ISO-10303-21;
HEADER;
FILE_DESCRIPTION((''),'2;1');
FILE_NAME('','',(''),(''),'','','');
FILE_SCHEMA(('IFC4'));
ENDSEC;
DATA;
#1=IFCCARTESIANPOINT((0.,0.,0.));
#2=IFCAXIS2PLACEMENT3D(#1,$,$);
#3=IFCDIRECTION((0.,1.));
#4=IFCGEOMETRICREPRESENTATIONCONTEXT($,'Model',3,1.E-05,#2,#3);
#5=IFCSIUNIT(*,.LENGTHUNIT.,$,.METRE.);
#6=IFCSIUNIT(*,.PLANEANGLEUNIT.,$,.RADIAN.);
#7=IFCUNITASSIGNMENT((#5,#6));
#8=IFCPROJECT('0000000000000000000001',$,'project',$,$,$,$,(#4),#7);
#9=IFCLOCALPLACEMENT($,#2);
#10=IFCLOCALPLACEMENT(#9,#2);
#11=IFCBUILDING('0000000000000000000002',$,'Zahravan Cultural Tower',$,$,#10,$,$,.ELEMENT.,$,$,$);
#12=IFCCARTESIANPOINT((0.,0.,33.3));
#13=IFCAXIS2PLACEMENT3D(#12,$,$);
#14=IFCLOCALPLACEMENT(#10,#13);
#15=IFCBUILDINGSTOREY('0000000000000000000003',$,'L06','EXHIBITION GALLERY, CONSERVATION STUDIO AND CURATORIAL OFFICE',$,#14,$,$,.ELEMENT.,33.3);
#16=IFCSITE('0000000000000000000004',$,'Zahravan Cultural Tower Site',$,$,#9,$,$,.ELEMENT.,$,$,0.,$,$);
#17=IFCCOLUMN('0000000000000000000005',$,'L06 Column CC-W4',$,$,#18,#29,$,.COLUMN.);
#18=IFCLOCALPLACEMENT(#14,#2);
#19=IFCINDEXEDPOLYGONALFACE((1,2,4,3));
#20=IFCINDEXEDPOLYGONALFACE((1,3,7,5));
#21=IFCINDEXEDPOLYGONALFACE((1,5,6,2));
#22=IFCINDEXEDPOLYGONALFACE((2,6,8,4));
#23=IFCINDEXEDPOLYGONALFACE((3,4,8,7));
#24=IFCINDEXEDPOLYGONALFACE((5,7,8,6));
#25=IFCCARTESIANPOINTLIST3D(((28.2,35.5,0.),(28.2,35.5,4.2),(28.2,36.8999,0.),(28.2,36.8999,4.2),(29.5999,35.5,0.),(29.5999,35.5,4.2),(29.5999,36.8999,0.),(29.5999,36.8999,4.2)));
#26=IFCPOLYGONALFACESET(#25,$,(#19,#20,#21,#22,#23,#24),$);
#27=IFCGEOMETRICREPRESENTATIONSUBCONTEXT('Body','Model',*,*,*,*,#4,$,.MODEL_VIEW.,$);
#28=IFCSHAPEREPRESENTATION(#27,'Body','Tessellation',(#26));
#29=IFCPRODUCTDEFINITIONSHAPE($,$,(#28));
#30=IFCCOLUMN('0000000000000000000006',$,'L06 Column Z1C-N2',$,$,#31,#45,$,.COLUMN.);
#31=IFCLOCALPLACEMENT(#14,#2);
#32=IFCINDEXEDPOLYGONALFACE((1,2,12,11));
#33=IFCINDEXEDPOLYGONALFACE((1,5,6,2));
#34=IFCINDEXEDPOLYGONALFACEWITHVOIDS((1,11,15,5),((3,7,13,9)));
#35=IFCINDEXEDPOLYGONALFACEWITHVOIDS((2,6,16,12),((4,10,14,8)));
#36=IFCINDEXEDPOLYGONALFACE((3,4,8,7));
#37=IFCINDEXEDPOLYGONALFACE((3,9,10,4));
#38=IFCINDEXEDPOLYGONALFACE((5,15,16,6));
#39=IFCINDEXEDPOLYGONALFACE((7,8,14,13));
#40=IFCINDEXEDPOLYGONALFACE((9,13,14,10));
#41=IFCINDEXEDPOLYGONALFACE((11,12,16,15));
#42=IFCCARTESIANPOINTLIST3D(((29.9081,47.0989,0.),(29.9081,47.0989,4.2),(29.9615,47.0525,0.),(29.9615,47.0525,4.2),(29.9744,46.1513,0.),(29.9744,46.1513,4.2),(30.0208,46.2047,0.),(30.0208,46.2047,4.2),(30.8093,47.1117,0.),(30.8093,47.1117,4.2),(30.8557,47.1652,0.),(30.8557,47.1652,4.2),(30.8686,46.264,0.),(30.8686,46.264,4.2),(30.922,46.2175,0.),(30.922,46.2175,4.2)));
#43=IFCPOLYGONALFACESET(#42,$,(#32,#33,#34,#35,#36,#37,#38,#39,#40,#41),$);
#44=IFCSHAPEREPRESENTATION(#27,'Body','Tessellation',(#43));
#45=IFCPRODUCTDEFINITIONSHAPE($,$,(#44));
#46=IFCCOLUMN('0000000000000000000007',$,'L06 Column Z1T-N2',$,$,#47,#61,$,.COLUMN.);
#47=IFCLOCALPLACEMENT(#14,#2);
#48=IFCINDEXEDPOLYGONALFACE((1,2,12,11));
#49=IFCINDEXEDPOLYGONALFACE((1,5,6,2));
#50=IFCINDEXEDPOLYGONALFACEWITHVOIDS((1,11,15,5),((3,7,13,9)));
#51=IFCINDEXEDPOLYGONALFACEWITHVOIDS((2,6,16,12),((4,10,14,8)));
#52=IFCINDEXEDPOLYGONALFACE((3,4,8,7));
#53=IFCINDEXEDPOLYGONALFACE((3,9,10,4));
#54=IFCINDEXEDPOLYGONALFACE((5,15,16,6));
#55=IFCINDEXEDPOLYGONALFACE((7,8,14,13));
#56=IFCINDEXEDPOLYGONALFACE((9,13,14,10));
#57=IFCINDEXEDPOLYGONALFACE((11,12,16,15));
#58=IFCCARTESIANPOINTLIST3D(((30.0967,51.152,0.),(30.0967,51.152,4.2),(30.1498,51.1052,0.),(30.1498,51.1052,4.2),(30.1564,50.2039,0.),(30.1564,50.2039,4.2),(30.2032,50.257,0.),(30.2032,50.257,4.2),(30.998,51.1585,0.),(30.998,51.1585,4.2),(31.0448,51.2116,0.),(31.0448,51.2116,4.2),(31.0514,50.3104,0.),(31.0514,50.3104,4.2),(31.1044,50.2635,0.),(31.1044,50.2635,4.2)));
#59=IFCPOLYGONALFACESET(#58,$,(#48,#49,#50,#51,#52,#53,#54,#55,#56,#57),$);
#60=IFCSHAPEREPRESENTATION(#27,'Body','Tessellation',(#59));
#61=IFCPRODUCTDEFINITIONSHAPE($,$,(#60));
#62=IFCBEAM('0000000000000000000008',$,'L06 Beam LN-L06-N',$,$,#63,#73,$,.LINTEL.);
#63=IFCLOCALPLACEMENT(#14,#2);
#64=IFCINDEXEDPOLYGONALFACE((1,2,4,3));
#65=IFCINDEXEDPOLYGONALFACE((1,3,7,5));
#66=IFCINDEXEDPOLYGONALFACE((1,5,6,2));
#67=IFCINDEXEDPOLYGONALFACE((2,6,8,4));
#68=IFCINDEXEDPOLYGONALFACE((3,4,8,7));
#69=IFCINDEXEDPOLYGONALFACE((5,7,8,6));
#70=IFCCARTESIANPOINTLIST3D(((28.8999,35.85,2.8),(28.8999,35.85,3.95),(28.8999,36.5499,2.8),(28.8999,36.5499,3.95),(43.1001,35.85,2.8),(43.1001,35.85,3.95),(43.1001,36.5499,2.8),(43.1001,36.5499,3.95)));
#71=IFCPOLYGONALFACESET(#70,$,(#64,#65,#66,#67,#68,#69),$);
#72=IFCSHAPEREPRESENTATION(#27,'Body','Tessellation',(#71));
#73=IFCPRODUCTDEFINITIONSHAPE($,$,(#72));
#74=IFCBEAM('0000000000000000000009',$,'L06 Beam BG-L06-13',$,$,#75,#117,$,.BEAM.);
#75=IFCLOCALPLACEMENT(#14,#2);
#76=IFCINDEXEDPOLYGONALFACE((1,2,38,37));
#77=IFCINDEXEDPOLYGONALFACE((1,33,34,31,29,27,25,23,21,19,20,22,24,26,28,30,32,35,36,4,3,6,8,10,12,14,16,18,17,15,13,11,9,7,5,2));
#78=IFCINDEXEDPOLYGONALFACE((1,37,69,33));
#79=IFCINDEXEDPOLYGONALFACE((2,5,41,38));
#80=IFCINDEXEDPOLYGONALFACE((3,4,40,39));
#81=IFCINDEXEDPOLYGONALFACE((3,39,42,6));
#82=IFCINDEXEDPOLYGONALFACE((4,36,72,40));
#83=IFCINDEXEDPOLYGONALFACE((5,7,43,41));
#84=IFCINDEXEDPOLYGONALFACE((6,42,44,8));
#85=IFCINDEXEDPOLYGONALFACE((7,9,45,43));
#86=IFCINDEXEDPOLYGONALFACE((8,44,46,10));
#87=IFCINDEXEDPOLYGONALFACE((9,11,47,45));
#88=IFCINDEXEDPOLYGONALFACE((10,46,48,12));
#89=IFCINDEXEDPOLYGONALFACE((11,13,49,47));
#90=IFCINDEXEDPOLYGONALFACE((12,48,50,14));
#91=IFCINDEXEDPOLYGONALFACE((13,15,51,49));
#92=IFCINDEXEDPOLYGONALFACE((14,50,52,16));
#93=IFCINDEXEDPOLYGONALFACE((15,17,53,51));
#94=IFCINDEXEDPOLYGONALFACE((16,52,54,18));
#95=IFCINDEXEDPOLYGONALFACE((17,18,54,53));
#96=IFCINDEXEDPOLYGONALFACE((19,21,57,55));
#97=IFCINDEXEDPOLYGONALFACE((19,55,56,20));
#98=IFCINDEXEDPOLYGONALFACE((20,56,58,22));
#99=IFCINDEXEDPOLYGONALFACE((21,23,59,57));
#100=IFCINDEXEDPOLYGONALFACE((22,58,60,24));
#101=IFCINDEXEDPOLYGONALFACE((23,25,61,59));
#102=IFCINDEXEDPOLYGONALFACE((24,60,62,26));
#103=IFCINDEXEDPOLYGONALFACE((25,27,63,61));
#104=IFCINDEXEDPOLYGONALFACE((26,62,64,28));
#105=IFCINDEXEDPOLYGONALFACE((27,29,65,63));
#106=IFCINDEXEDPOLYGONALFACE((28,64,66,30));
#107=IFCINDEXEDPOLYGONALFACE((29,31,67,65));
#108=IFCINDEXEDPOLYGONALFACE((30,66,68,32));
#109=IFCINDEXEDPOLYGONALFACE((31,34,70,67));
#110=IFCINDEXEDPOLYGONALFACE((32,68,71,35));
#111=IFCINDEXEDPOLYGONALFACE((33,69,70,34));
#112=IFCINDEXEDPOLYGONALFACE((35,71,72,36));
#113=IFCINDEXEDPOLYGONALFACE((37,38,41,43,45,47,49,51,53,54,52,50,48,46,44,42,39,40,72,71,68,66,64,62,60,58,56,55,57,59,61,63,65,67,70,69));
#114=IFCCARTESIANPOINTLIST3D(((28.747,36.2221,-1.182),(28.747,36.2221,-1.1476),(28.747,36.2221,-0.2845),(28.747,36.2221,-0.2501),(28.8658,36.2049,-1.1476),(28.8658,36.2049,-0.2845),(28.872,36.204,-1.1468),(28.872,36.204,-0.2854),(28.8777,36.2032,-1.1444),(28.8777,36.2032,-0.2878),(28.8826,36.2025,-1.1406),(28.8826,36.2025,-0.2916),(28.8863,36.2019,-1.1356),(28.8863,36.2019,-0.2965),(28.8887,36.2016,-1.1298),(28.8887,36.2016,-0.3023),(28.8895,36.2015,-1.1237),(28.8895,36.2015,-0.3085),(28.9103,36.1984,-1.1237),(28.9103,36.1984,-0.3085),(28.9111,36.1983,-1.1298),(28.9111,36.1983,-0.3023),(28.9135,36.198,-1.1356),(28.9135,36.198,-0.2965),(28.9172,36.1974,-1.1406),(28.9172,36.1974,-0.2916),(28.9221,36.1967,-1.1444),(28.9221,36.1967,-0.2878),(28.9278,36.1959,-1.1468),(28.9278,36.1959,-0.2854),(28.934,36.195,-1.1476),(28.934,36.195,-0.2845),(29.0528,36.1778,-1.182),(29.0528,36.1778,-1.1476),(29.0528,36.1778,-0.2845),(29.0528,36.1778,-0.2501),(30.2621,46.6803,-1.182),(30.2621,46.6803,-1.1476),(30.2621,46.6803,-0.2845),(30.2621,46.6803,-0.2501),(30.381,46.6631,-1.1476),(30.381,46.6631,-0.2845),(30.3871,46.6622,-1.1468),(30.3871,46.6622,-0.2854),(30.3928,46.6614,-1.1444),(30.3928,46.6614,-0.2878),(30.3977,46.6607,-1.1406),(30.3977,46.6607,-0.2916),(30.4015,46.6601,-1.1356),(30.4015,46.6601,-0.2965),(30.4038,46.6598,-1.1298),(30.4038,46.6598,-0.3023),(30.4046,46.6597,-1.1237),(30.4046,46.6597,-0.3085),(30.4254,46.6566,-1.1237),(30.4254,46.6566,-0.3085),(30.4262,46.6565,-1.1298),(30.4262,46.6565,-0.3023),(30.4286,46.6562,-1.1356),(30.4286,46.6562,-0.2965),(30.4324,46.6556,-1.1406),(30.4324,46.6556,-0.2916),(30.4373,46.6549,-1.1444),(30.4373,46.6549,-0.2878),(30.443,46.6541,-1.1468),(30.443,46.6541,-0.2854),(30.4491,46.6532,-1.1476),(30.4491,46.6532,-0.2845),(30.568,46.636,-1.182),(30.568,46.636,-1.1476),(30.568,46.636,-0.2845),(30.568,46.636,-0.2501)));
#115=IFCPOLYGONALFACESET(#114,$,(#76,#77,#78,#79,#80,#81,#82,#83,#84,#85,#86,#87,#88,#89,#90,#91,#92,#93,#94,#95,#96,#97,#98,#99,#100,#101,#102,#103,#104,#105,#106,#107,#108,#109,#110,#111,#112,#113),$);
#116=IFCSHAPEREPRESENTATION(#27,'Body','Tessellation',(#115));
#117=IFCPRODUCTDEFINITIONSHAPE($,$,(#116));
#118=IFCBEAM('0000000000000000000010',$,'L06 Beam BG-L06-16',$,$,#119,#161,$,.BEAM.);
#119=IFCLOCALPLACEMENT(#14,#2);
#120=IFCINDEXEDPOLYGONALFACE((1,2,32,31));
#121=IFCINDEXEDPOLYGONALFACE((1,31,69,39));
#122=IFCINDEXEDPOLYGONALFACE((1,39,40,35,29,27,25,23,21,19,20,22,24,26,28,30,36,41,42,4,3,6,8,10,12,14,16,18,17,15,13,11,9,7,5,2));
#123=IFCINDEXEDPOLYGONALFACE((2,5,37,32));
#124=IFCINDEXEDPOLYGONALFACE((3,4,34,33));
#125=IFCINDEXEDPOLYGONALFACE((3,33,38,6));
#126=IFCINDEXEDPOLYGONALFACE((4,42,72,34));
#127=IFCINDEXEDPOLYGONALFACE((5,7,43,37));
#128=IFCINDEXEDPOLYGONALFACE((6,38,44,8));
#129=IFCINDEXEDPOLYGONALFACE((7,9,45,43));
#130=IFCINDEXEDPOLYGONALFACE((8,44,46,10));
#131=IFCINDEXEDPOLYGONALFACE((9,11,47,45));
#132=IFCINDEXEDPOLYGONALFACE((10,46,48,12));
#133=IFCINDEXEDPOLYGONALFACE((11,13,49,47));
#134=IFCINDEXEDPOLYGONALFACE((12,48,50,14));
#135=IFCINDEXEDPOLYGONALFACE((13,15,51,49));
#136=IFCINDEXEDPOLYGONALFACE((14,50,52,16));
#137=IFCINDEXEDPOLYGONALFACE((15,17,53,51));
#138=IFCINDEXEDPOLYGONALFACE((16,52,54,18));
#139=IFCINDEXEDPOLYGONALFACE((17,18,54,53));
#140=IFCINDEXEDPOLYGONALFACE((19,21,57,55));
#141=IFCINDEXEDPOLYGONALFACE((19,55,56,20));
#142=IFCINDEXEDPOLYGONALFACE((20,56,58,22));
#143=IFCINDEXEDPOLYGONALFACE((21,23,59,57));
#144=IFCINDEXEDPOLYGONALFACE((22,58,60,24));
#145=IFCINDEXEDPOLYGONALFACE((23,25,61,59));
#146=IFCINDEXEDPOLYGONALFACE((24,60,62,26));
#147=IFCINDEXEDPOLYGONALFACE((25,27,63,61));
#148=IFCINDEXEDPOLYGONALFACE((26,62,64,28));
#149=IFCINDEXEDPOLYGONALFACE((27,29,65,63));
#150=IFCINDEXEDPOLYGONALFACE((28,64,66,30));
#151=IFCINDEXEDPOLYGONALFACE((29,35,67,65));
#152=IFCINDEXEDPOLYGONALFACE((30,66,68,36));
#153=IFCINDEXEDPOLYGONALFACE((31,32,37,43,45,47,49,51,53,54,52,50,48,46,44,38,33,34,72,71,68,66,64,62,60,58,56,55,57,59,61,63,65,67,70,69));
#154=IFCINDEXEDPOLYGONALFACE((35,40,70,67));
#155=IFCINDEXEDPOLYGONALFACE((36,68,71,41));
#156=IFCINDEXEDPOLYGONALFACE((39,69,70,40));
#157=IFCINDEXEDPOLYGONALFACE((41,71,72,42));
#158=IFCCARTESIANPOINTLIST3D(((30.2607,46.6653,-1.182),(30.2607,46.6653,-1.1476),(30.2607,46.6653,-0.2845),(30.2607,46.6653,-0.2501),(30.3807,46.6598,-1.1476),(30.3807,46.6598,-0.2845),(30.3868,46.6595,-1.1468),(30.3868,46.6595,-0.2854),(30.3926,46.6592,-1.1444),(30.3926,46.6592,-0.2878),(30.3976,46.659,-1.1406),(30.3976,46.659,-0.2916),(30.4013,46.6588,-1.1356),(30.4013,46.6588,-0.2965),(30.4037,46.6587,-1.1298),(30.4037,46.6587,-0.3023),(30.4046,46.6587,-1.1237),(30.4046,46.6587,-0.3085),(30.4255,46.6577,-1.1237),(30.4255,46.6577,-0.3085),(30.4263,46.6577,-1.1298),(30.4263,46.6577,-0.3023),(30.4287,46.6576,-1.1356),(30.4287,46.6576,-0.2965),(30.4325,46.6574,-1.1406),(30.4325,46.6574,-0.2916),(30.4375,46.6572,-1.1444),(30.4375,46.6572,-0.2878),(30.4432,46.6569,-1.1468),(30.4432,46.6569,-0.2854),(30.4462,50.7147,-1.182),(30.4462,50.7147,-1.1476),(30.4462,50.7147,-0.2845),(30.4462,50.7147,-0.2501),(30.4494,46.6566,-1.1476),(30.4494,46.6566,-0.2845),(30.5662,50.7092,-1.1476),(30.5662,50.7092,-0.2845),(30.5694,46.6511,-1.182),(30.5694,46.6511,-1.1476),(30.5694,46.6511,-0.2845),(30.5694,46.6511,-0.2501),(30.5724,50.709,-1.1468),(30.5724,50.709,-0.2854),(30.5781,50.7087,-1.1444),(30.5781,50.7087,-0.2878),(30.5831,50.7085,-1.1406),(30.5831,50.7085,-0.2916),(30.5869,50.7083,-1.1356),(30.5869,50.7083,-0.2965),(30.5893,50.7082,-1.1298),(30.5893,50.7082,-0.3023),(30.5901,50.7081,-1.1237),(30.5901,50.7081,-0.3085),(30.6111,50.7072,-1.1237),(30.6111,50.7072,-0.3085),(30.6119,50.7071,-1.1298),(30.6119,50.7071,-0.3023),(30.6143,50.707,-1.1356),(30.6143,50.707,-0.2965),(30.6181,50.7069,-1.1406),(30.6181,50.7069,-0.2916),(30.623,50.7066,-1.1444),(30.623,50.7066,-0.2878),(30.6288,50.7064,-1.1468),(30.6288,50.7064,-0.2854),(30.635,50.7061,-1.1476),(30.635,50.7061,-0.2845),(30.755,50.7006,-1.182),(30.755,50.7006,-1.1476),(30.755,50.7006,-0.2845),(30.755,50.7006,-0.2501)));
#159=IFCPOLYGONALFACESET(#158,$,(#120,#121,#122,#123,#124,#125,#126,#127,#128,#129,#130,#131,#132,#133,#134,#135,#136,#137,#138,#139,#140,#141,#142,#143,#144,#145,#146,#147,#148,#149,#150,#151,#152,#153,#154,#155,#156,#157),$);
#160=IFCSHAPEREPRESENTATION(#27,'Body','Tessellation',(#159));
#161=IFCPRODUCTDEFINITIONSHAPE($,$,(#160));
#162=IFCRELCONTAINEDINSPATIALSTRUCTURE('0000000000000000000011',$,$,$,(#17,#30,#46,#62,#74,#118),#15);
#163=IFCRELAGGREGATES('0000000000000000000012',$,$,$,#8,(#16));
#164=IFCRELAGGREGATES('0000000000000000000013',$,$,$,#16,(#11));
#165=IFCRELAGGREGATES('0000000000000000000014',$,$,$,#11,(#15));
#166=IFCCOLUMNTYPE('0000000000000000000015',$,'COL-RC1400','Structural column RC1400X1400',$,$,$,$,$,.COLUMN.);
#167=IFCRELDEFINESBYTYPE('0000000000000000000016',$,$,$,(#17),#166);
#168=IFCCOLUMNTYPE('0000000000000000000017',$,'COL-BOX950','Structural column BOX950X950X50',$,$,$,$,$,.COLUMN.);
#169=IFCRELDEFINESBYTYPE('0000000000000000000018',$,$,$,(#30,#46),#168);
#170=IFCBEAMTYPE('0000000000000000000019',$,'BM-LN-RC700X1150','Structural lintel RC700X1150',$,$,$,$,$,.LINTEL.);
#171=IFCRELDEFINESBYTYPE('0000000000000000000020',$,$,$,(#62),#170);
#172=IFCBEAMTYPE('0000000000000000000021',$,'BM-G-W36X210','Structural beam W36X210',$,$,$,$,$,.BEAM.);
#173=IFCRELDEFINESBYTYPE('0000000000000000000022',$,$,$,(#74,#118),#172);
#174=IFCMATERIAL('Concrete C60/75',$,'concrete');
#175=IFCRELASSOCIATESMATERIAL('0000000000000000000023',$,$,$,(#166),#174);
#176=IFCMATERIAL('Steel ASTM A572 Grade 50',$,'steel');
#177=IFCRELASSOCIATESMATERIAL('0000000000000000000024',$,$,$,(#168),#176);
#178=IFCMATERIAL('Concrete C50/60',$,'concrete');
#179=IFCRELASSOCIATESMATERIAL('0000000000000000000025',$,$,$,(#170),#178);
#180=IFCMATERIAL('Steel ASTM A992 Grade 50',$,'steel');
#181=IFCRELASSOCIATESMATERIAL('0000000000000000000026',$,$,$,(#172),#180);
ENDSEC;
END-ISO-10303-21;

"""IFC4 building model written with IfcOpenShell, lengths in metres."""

from ifc_helpers import new_model, si_unit, direction, frame, origin, origin_2d, place, context, subcontext, project, spatial, rectangle, hollow_rectangle, i_section, extrude, source, transform, mapped, material, material_profile, profile_set, type_object, element, save


model = new_model("IFC4")

# Units and contexts
model_context = context("Model", 3, precision=1e-05, world=origin(), true_north=direction((0.0, 1.0)))
body_context = subcontext(model_context, "Body", "Model", "MODEL_VIEW")
ifc_project = project(units=[si_unit("LENGTHUNIT", "METRE"), si_unit("PLANEANGLEUNIT", "RADIAN")], contexts=[model_context])

# Site, building, storey
site_placement = place(None, origin())
site = spatial("IfcSite", under=ifc_project, at=site_placement, Name="Zahravan Cultural Tower Site", CompositionType="ELEMENT", RefElevation=0.0)
building_placement = place(site_placement, origin())
building = spatial("IfcBuilding", under=site, at=building_placement, Name="Zahravan Cultural Tower", CompositionType="ELEMENT")
storey_placement = place(building_placement, frame((0.0, 0.0, 33.3)))
storey = spatial("IfcBuildingStorey", under=building, at=storey_placement, Name="L06", Description="EXHIBITION GALLERY, CONSERVATION STUDIO AND CURATORIAL OFFICE", CompositionType="ELEMENT", Elevation=33.3)

# Columns
ifc_material_1 = material(Name="Concrete C60/75", Category="concrete")
ifc_material_profile_1 = material_profile(ifc_material_1, rectangle(XDim=1.3999, YDim=1.3999, at=origin_2d()), Name="RC1400X1400")
ifc_profile_set_1 = profile_set([ifc_material_profile_1], Name="Concrete C60/75")
column_type_1 = type_object("IfcColumnType", Name="COL-RC1400", Description="Structural column RC1400X1400", PredefinedType="COLUMN", material=ifc_profile_set_1)
shared_shape_1 = source(origin(), body_context, "Body", "SweptSolid", [
    extrude(rectangle(XDim=1.3999, YDim=1.3999, at=origin_2d()), origin(), (0.0, 0.0, 1.0), 4.2),
])
column_placement = place(storey_placement, frame((28.8999, 36.2, 0.0), z_axis=(0.0, 0.0, 1.0), x_axis=(1.0, 0.0, 0.0)))
element("IfcColumn", 1, at=column_placement, inside=storey, type_object=column_type_1, Name="L06 Column CC-W4", PredefinedType="COLUMN", context=body_context, shape_type="MappedRepresentation", body=[
    mapped(shared_shape_1, transform((0.0, 0.0, 0.0), x_axis=(1.0, 0.0, 0.0), y_axis=(0.0, 1.0, 0.0), z_axis=(0.0, 0.0, 1.0), scale=1.0)),
])
ifc_material_2 = material(Name="Steel ASTM A572 Grade 50", Category="steel")
ifc_material_profile_2 = material_profile(ifc_material_2, hollow_rectangle(XDim=0.95, YDim=0.95, WallThickness=0.05, at=origin_2d()), Name="BOX950X950X50")
ifc_profile_set_2 = profile_set([ifc_material_profile_2], Name="Steel ASTM A572 Grade 50")
column_type_2 = type_object("IfcColumnType", Name="COL-BOX950", Description="Structural column BOX950X950X50", PredefinedType="COLUMN", material=ifc_profile_set_2)
shared_shape_2 = source(origin(), body_context, "Body", "SweptSolid", [
    extrude(hollow_rectangle(XDim=0.95, YDim=0.95, WallThickness=0.05, at=origin_2d()), origin(), (0.0, 0.0, 1.0), 4.2),
])
for number, where, z_axis, x_axis, name in (
    (2, (30.415, 46.6582, 0.0), (0.0, 0.0, 1.0), (-0.069756, 0.997564, 0.0), "L06 Column Z1C-N2"),
    (3, (30.6006, 50.7078, 0.0), (0.0, 0.0, 1.0), (-0.062791, 0.998027, 0.0), "L06 Column Z1T-N2"),
):
    element("IfcColumn", number, at=place(storey_placement, frame(where, z_axis=z_axis, x_axis=x_axis)), inside=storey, type_object=column_type_2, Name=name, PredefinedType="COLUMN", context=body_context, shape_type="MappedRepresentation", body=[
        mapped(shared_shape_2, transform((0.0, 0.0, 0.0), x_axis=(1.0, 0.0, 0.0), y_axis=(0.0, 1.0, 0.0), z_axis=(0.0, 0.0, 1.0), scale=1.0)),
    ])

# Beams
ifc_material_3 = material(Name="Concrete C50/60", Category="concrete")
ifc_material_profile_3 = material_profile(ifc_material_3, rectangle(XDim=0.7, YDim=1.1499, at=origin_2d()), Name="RC700X1150")
ifc_profile_set_3 = profile_set([ifc_material_profile_3], Name="Concrete C50/60")
beam_type_1 = type_object("IfcBeamType", Name="BM-LN-RC700X1150", Description="Structural lintel RC700X1150", PredefinedType="LINTEL", material=ifc_profile_set_3)
shared_shape_3 = source(origin(), body_context, "Body", "SweptSolid", [
    extrude(rectangle(XDim=0.7, YDim=1.1499, at=origin_2d()), origin(), (0.0, 0.0, 1.0), 14.2002),
])
beam_1_placement = place(storey_placement, frame((28.8999, 36.2, 3.375), z_axis=(1.0, 0.0, 0.0), x_axis=(0.0, 1.0, 0.0)))
element("IfcBeam", 4, at=beam_1_placement, inside=storey, type_object=beam_type_1, Name="L06 Beam LN-L06-N", PredefinedType="LINTEL", context=body_context, shape_type="MappedRepresentation", body=[
    mapped(shared_shape_3, transform((0.0, 0.0, 0.0), x_axis=(1.0, 0.0, 0.0), y_axis=(0.0, 1.0, 0.0), z_axis=(0.0, 0.0, 1.0), scale=1.0)),
])
ifc_material_4 = material(Name="Steel ASTM A992 Grade 50", Category="steel")
ifc_material_profile_4 = material_profile(ifc_material_4, i_section(OverallWidth=0.3091, OverallDepth=0.9319, WebThickness=0.021, FlangeThickness=0.0344, FilletRadius=0.0239, at=origin_2d()), Name="W36X210")
ifc_profile_set_4 = profile_set([ifc_material_profile_4], Name="Steel ASTM A992 Grade 50")
beam_type_2 = type_object("IfcBeamType", Name="BM-G-W36X210", Description="Structural beam W36X210", PredefinedType="BEAM", material=ifc_profile_set_4)
shared_shape_4 = source(origin(), body_context, "Body", "SweptSolid", [
    extrude(i_section(OverallWidth=0.3091, OverallDepth=0.9319, WebThickness=0.021, FlangeThickness=0.0344, FilletRadius=0.0239, at=origin_2d()), origin(), (0.0, 0.0, 1.0), 10.5674),
])
beam_2_placement = place(storey_placement, frame((28.8999, 36.2, -0.7161), z_axis=(0.143378, 0.989668, 0.0), x_axis=(-0.989668, 0.143378, 0.0)))
element("IfcBeam", 5, at=beam_2_placement, inside=storey, type_object=beam_type_2, Name="L06 Beam BG-L06-13", PredefinedType="BEAM", context=body_context, shape_type="MappedRepresentation", body=[
    mapped(shared_shape_4, transform((0.0, 0.0, 0.0), x_axis=(1.0, 0.0, 0.0), y_axis=(0.0, 1.0, 0.0), z_axis=(0.0, 0.0, 1.0), scale=1.0)),
])
shared_shape_5 = source(origin(), body_context, "Body", "SweptSolid", [
    extrude(i_section(OverallWidth=0.3091, OverallDepth=0.9319, WebThickness=0.021, FlangeThickness=0.0344, FilletRadius=0.0239, at=origin_2d()), origin(), (0.0, 0.0, 1.0), 4.0537),
])
beam_3_placement = place(storey_placement, frame((30.415, 46.6582, -0.7161), z_axis=(0.045771, 0.998952, 0.0), x_axis=(-0.998952, 0.045771, 0.0)))
element("IfcBeam", 6, at=beam_3_placement, inside=storey, type_object=beam_type_2, Name="L06 Beam BG-L06-16", PredefinedType="BEAM", context=body_context, shape_type="MappedRepresentation", body=[
    mapped(shared_shape_5, transform((0.0, 0.0, 0.0), x_axis=(1.0, 0.0, 0.0), y_axis=(0.0, 1.0, 0.0), z_axis=(0.0, 0.0, 1.0), scale=1.0)),
])

save(model, "model.ifc")
